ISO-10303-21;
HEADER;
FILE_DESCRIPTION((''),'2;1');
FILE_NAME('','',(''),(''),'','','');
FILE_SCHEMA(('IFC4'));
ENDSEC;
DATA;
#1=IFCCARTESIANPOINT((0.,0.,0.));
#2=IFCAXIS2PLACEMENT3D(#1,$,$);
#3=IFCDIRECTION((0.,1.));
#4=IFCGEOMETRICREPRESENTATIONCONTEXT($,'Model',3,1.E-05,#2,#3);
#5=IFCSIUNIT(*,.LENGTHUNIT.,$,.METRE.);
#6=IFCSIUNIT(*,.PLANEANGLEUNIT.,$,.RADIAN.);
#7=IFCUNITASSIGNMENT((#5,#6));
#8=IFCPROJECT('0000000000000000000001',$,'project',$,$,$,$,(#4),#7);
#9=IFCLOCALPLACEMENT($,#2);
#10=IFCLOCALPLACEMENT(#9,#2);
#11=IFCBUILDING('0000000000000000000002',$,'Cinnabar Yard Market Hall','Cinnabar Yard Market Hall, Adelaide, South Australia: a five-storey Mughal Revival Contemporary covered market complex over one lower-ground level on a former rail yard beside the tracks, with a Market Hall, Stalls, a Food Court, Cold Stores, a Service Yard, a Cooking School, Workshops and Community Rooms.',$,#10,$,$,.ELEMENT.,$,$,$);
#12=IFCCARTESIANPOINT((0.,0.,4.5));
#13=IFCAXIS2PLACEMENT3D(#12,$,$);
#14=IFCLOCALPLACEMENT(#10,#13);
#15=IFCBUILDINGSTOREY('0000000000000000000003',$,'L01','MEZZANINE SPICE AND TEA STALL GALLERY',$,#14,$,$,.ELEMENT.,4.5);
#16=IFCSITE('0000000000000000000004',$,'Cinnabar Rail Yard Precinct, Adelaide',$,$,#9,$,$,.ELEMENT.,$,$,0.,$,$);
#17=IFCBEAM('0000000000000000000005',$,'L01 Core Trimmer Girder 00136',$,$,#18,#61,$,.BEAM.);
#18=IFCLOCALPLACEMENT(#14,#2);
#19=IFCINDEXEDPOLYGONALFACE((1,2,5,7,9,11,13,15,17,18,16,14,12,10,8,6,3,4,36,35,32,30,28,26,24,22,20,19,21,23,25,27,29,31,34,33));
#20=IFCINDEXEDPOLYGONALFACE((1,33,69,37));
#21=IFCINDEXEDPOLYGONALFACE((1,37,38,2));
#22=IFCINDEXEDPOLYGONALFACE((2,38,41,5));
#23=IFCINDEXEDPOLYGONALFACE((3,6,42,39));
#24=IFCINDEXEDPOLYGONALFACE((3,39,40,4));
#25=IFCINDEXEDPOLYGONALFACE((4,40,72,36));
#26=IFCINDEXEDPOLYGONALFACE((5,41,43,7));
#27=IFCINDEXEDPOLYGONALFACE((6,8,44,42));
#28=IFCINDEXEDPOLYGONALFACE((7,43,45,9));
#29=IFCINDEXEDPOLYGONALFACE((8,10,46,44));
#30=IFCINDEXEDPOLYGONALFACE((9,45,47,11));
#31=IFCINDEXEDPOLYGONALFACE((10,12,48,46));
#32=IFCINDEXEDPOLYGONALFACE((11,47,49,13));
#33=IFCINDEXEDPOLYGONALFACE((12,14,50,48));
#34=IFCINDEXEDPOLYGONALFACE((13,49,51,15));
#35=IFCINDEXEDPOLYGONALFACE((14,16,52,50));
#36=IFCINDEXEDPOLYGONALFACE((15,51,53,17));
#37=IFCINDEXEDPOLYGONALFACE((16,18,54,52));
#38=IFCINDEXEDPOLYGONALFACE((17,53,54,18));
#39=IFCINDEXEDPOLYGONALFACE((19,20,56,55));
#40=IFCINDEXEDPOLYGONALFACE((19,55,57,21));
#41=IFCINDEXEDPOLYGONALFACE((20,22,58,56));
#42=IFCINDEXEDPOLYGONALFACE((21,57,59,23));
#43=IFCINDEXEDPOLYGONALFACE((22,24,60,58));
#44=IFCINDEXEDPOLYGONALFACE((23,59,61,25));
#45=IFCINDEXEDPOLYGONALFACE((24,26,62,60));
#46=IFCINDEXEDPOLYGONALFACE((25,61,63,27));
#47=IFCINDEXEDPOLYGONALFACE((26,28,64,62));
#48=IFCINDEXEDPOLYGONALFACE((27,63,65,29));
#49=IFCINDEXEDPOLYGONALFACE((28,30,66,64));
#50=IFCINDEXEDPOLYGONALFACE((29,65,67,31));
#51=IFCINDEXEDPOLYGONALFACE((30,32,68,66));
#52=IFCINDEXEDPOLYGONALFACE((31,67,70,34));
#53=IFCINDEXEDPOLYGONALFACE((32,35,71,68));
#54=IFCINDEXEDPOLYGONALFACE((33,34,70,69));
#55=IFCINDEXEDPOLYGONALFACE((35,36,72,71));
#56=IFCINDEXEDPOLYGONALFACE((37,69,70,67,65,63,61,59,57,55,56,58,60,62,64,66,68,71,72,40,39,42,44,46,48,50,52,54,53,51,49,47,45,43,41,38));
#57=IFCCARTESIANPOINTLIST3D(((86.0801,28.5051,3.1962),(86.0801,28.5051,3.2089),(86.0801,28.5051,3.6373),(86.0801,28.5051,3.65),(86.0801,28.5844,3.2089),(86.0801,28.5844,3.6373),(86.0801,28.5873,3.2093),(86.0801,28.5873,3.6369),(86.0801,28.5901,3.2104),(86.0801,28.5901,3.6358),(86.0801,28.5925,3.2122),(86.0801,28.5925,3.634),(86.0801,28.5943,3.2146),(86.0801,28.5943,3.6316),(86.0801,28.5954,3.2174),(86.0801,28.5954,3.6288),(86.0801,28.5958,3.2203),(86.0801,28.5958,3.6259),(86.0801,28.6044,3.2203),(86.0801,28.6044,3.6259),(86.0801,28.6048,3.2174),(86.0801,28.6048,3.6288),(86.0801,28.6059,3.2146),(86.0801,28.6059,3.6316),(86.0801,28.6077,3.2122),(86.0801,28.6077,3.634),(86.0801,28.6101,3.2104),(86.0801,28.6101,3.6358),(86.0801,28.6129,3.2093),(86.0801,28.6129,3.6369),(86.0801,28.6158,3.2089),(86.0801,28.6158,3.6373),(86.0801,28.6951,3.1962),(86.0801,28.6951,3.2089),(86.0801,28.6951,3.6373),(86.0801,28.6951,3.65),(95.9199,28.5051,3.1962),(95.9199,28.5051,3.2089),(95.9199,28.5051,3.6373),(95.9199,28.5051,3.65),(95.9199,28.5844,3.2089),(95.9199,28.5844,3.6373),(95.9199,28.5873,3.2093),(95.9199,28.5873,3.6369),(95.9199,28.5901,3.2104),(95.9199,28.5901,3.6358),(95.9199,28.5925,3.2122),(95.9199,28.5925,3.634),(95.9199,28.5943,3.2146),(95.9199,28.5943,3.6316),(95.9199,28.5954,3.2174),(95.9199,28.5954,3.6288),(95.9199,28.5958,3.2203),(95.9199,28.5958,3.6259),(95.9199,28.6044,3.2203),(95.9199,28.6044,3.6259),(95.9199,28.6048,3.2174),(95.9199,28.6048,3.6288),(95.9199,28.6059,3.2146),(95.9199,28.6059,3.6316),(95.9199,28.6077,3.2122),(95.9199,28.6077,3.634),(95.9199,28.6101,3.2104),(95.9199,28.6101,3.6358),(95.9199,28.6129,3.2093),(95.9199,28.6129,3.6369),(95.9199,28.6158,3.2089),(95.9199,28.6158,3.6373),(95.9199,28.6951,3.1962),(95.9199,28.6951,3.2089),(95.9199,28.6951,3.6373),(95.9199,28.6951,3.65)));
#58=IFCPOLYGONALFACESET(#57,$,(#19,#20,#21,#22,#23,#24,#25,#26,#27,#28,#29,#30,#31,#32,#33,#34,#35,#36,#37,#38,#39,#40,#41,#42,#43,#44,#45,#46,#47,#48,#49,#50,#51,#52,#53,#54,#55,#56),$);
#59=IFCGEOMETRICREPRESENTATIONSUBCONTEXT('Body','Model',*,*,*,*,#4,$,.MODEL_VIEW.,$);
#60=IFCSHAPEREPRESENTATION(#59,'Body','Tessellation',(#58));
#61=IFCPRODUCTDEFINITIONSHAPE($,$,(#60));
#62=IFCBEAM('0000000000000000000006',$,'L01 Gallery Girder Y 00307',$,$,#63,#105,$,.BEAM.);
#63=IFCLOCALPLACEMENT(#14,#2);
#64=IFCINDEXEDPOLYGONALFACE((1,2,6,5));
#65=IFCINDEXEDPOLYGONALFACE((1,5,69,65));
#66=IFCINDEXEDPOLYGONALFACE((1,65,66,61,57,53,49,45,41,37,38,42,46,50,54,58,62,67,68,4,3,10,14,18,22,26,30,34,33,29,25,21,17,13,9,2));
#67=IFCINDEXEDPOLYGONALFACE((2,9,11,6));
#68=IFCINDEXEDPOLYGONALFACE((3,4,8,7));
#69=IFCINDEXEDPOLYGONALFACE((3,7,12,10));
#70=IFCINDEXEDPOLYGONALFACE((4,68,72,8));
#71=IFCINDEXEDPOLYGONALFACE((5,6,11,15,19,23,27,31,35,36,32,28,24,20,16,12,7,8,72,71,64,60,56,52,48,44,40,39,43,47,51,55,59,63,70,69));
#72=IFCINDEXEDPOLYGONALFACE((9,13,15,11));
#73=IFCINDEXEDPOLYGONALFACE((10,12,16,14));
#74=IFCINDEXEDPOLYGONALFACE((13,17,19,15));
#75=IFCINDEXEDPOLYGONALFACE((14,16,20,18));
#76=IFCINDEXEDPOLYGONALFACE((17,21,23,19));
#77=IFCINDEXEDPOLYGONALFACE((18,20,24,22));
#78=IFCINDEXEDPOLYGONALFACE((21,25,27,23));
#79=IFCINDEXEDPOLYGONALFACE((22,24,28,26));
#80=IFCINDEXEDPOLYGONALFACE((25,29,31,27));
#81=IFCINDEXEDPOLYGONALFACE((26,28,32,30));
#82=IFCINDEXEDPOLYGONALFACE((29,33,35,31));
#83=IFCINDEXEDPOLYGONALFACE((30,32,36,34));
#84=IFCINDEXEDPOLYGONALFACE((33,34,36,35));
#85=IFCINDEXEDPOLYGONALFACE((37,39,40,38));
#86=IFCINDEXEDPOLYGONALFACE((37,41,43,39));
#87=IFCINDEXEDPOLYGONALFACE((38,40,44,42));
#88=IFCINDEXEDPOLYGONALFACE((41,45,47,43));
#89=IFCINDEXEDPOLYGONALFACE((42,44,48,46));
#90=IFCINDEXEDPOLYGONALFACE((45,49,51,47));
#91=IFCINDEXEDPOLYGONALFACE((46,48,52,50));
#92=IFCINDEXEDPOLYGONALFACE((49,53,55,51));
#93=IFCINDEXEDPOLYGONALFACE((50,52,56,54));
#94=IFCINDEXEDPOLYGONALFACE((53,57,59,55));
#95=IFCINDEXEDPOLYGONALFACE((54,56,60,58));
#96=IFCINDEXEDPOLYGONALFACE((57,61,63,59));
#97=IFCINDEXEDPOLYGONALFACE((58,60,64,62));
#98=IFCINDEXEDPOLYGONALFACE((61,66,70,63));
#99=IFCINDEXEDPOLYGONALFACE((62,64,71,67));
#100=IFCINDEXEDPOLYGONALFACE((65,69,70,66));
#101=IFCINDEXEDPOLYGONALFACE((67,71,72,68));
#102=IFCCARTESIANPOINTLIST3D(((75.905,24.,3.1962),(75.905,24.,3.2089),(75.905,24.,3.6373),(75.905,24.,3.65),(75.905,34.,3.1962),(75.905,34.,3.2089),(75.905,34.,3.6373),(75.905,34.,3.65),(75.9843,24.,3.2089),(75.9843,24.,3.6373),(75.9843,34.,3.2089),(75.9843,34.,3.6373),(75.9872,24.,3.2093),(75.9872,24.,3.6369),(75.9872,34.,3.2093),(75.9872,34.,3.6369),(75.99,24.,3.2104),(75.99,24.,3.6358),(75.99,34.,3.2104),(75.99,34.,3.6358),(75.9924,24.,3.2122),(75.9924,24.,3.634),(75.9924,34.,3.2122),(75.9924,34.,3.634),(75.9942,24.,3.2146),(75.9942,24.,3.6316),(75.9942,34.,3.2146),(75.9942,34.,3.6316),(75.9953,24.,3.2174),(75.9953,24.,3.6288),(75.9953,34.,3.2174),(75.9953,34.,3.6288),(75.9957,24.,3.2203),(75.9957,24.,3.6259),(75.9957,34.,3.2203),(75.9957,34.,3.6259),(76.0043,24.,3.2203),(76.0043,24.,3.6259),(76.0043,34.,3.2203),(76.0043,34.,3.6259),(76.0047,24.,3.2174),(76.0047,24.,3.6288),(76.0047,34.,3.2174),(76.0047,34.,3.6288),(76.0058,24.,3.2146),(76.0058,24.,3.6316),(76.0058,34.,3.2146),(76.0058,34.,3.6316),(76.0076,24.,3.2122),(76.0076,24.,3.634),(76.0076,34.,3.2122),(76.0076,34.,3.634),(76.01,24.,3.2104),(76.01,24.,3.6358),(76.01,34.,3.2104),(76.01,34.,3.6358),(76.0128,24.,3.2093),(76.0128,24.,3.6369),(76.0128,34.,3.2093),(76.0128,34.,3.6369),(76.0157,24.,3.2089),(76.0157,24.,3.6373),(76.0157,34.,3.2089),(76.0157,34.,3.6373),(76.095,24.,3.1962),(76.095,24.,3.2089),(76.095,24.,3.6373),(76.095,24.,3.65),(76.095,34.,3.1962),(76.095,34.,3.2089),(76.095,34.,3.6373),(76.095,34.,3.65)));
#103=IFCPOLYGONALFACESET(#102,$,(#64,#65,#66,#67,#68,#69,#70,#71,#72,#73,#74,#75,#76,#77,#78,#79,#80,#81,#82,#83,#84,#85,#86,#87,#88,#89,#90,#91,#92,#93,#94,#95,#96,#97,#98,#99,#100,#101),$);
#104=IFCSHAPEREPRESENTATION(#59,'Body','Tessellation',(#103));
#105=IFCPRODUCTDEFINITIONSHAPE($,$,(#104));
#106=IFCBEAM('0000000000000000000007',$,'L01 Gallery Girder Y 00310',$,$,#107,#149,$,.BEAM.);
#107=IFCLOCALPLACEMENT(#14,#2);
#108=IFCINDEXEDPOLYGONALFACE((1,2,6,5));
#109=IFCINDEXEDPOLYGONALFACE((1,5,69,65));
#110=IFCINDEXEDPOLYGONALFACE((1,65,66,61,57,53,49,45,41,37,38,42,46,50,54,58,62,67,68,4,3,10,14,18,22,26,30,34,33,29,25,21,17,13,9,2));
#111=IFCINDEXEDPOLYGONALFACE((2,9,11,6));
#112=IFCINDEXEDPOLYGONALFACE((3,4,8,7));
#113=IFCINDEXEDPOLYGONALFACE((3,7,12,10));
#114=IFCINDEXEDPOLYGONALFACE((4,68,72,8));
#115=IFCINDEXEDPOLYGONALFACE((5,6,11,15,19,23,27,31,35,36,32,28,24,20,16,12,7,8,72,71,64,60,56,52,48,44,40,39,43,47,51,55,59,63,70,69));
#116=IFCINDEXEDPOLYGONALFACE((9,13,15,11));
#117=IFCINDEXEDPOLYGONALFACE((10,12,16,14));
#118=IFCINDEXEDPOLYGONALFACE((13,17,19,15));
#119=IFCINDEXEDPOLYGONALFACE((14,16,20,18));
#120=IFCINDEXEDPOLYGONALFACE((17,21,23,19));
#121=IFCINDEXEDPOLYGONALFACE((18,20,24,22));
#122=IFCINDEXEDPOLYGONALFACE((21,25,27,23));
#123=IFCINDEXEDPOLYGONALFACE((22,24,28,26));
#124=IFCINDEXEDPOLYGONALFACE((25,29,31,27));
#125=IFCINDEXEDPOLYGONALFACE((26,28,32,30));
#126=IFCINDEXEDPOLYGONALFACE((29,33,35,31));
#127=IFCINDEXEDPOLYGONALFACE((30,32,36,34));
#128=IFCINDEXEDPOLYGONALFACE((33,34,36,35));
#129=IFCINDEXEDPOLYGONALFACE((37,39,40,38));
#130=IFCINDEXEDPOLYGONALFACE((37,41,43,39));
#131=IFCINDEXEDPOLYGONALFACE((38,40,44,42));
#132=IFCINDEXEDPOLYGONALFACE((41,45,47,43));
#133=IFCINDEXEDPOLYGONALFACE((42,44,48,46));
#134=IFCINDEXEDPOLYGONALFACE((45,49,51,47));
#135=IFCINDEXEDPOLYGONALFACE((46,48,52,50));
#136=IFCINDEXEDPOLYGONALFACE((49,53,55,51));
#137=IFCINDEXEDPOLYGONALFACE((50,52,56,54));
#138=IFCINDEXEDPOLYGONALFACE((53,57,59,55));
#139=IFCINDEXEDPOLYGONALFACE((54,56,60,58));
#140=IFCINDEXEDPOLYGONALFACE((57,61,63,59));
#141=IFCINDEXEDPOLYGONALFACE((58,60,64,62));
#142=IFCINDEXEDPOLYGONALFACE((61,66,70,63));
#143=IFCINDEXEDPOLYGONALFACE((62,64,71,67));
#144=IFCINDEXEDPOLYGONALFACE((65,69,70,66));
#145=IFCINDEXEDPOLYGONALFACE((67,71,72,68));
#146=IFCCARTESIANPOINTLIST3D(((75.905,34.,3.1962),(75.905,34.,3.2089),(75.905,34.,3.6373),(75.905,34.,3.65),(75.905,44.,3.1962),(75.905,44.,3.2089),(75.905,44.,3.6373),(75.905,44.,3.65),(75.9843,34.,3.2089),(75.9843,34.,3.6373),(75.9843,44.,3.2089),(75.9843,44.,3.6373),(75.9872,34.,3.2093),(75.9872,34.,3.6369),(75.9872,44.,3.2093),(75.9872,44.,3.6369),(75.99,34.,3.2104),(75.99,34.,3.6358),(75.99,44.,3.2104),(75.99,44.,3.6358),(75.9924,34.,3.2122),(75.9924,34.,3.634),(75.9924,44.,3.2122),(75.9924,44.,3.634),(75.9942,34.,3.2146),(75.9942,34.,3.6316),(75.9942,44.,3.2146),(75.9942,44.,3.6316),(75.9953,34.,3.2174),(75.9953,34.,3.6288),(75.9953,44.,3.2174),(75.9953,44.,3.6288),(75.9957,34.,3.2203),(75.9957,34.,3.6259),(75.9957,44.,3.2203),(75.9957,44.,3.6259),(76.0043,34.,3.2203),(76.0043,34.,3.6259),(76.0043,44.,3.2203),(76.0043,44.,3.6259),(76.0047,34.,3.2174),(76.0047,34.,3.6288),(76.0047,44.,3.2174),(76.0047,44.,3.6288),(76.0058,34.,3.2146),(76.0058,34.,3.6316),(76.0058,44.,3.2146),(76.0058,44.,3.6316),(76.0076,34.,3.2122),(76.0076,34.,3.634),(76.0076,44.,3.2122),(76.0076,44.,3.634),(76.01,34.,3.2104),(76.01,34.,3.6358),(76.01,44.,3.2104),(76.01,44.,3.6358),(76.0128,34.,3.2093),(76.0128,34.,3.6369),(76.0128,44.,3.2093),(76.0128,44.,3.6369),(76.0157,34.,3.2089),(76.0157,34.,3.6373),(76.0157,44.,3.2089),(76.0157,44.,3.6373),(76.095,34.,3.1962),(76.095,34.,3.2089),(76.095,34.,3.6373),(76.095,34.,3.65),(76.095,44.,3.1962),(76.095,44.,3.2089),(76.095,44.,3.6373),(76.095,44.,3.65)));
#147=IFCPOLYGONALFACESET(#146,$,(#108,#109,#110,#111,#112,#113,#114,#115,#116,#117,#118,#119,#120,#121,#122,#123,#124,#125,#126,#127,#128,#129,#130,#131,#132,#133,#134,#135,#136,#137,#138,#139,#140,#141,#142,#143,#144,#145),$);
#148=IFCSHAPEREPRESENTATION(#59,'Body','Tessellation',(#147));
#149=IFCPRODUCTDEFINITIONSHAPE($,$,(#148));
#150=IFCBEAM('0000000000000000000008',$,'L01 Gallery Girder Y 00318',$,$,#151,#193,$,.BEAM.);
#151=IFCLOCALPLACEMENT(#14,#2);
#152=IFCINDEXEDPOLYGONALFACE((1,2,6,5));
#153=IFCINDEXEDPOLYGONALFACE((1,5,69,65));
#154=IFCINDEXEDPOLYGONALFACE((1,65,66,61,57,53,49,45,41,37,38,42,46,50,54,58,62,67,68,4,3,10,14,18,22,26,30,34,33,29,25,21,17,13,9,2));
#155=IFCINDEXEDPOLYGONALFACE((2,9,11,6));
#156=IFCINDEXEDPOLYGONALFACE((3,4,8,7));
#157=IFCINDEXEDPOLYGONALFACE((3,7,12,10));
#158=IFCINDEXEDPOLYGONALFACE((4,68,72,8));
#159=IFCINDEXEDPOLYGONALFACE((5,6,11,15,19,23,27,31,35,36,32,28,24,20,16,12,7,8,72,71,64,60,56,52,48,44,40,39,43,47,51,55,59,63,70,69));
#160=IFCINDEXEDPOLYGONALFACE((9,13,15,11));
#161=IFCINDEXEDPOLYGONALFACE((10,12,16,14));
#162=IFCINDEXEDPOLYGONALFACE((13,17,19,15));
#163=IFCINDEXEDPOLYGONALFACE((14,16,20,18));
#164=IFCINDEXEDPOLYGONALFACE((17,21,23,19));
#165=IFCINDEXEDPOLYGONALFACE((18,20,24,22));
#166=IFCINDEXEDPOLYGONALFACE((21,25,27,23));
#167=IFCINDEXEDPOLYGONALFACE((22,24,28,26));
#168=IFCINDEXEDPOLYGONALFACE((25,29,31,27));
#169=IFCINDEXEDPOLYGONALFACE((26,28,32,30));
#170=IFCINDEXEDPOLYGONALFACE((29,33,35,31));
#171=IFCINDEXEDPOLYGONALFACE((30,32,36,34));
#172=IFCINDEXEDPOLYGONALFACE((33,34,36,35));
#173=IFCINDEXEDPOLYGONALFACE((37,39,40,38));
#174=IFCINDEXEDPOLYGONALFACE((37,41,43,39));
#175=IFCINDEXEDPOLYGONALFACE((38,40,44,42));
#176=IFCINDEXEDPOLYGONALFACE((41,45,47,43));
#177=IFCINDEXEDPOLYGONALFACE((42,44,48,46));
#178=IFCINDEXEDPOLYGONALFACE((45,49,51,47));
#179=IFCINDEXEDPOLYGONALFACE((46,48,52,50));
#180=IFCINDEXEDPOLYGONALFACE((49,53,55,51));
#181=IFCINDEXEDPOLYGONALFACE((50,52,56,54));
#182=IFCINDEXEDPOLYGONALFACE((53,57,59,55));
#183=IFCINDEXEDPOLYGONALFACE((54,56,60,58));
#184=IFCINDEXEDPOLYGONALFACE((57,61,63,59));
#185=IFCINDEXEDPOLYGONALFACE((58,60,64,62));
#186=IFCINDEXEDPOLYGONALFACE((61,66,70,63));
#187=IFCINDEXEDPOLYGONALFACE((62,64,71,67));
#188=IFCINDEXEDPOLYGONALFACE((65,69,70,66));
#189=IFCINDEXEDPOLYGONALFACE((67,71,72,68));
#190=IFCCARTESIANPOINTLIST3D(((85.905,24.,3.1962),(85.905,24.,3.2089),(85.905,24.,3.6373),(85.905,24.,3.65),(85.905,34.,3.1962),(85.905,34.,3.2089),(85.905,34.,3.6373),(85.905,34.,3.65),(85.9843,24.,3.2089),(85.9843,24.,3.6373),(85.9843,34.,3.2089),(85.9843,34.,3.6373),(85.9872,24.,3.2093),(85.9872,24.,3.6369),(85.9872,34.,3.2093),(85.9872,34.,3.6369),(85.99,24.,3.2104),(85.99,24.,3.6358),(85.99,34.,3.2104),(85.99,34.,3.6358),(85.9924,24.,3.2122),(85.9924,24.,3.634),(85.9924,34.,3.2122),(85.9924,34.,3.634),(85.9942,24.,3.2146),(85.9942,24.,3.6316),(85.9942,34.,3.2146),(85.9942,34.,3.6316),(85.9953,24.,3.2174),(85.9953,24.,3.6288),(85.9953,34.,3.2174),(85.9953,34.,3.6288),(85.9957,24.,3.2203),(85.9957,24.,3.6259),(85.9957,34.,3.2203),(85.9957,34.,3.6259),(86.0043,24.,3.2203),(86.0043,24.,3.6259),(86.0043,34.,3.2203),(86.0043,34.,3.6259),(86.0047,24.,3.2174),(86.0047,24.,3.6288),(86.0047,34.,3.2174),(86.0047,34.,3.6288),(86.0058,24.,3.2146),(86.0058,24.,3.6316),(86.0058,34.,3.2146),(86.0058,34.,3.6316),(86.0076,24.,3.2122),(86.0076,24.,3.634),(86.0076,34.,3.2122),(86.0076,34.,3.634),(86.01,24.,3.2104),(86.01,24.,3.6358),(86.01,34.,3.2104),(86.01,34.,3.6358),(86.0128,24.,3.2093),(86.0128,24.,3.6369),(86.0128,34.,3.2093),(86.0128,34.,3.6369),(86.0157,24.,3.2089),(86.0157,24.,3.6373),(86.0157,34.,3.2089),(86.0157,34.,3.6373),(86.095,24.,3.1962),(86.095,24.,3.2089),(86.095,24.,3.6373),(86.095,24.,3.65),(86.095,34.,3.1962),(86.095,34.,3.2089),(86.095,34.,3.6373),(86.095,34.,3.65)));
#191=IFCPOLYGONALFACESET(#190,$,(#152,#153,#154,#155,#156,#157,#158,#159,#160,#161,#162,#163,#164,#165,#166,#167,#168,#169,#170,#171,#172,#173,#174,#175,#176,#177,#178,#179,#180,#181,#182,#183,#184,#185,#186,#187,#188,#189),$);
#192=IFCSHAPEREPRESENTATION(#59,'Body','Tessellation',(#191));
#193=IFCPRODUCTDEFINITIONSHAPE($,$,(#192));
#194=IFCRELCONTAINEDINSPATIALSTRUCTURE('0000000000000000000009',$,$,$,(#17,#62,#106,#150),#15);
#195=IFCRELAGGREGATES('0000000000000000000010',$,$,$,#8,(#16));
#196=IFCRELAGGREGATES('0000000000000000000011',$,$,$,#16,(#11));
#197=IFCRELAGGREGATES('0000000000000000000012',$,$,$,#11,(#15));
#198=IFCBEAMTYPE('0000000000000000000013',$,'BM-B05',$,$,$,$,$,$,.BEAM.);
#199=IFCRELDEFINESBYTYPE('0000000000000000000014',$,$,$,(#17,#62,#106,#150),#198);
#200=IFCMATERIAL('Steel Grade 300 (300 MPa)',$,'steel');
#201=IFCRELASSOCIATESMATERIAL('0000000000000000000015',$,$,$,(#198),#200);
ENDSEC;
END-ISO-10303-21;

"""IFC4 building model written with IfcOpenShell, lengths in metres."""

from ifc_helpers import new_model, si_unit, direction, frame, origin, origin_2d_with_axis, place, context, subcontext, project, spatial, i_section, extrude, material, material_profile, profile_set, type_object, element, save


model = new_model("IFC4")

# Units and contexts
model_context = context("Model", 3, precision=1e-05, world=origin(), true_north=direction((0.0, 1.0)))
body_context = subcontext(model_context, "Body", "Model", "MODEL_VIEW")
ifc_project = project(units=[si_unit("LENGTHUNIT", "METRE"), si_unit("PLANEANGLEUNIT", "RADIAN")], contexts=[model_context])

# Site, building, storey
site_placement = place(None, origin())
site = spatial("IfcSite", under=ifc_project, at=site_placement, Name="Cinnabar Rail Yard Precinct, Adelaide", CompositionType="ELEMENT", RefElevation=0.0)
building_placement = place(site_placement, origin())
building = spatial("IfcBuilding", under=site, at=building_placement, Name="Cinnabar Yard Market Hall", Description="Cinnabar Yard Market Hall, Adelaide, South Australia: a five-storey Mughal Revival Contemporary covered market complex over one lower-ground level on a former rail yard beside the tracks, with a Market Hall, Stalls, a Food Court, Cold Stores, a Service Yard, a Cooking School, Workshops and Community Rooms.", CompositionType="ELEMENT")
storey_placement = place(building_placement, frame((0.0, 0.0, 4.5)))
storey = spatial("IfcBuildingStorey", under=building, at=storey_placement, Name="L01", Description="MEZZANINE SPICE AND TEA STALL GALLERY", CompositionType="ELEMENT", Elevation=4.5)

# Beams
ifc_material_1 = material(Name="Steel Grade 300 (300 MPa)", Category="steel")
ifc_material_profile_1 = material_profile(ifc_material_1, i_section(OverallWidth=0.1899, OverallDepth=0.4539, WebThickness=0.0085, FlangeThickness=0.0127, FilletRadius=0.0115, at=origin_2d_with_axis()), Name="460UB67.1")
ifc_profile_set_1 = profile_set([ifc_material_profile_1], Name="Steel Grade 300 (300 MPa)")
beam_type_1 = type_object("IfcBeamType", Name="BM-B05", PredefinedType="BEAM", material=ifc_profile_set_1)
beam_1_placement = place(storey_placement, frame((86.0801, 28.6001, 3.4231), z_axis=(1.0, 0.0, 0.0), x_axis=(0.0, 1.0, 0.0)))
element("IfcBeam", 1, at=beam_1_placement, inside=storey, type_object=beam_type_1, Name="L01 Core Trimmer Girder 00136", PredefinedType="BEAM", context=body_context, shape_type="SweptSolid", body=[
    extrude(i_section(OverallWidth=0.1899, OverallDepth=0.4539, WebThickness=0.0085, FlangeThickness=0.0127, FilletRadius=0.0115, at=origin_2d_with_axis()), origin(), (0.0, 0.0, 1.0), 9.8398),
])
for number, where, z_axis, x_axis, name in (
    (2, (76.0, 24.0, 3.4231), (0.0, 1.0, 0.0), (-1.0, 0.0, 0.0), "L01 Gallery Girder Y 00307"),
    (3, (76.0, 34.0, 3.4231), (0.0, 1.0, 0.0), (-1.0, 0.0, 0.0), "L01 Gallery Girder Y 00310"),
    (4, (86.0, 24.0, 3.4231), (0.0, 1.0, 0.0), (-1.0, 0.0, 0.0), "L01 Gallery Girder Y 00318"),
):
    element("IfcBeam", number, at=place(storey_placement, frame(where, z_axis=z_axis, x_axis=x_axis)), inside=storey, type_object=beam_type_1, Name=name, PredefinedType="BEAM", context=body_context, shape_type="SweptSolid", body=[
        extrude(i_section(OverallWidth=0.1899, OverallDepth=0.4539, WebThickness=0.0085, FlangeThickness=0.0127, FilletRadius=0.0115, at=origin_2d_with_axis()), origin(), (0.0, 0.0, 1.0), 10.0),
    ])

save(model, "model.ifc")
